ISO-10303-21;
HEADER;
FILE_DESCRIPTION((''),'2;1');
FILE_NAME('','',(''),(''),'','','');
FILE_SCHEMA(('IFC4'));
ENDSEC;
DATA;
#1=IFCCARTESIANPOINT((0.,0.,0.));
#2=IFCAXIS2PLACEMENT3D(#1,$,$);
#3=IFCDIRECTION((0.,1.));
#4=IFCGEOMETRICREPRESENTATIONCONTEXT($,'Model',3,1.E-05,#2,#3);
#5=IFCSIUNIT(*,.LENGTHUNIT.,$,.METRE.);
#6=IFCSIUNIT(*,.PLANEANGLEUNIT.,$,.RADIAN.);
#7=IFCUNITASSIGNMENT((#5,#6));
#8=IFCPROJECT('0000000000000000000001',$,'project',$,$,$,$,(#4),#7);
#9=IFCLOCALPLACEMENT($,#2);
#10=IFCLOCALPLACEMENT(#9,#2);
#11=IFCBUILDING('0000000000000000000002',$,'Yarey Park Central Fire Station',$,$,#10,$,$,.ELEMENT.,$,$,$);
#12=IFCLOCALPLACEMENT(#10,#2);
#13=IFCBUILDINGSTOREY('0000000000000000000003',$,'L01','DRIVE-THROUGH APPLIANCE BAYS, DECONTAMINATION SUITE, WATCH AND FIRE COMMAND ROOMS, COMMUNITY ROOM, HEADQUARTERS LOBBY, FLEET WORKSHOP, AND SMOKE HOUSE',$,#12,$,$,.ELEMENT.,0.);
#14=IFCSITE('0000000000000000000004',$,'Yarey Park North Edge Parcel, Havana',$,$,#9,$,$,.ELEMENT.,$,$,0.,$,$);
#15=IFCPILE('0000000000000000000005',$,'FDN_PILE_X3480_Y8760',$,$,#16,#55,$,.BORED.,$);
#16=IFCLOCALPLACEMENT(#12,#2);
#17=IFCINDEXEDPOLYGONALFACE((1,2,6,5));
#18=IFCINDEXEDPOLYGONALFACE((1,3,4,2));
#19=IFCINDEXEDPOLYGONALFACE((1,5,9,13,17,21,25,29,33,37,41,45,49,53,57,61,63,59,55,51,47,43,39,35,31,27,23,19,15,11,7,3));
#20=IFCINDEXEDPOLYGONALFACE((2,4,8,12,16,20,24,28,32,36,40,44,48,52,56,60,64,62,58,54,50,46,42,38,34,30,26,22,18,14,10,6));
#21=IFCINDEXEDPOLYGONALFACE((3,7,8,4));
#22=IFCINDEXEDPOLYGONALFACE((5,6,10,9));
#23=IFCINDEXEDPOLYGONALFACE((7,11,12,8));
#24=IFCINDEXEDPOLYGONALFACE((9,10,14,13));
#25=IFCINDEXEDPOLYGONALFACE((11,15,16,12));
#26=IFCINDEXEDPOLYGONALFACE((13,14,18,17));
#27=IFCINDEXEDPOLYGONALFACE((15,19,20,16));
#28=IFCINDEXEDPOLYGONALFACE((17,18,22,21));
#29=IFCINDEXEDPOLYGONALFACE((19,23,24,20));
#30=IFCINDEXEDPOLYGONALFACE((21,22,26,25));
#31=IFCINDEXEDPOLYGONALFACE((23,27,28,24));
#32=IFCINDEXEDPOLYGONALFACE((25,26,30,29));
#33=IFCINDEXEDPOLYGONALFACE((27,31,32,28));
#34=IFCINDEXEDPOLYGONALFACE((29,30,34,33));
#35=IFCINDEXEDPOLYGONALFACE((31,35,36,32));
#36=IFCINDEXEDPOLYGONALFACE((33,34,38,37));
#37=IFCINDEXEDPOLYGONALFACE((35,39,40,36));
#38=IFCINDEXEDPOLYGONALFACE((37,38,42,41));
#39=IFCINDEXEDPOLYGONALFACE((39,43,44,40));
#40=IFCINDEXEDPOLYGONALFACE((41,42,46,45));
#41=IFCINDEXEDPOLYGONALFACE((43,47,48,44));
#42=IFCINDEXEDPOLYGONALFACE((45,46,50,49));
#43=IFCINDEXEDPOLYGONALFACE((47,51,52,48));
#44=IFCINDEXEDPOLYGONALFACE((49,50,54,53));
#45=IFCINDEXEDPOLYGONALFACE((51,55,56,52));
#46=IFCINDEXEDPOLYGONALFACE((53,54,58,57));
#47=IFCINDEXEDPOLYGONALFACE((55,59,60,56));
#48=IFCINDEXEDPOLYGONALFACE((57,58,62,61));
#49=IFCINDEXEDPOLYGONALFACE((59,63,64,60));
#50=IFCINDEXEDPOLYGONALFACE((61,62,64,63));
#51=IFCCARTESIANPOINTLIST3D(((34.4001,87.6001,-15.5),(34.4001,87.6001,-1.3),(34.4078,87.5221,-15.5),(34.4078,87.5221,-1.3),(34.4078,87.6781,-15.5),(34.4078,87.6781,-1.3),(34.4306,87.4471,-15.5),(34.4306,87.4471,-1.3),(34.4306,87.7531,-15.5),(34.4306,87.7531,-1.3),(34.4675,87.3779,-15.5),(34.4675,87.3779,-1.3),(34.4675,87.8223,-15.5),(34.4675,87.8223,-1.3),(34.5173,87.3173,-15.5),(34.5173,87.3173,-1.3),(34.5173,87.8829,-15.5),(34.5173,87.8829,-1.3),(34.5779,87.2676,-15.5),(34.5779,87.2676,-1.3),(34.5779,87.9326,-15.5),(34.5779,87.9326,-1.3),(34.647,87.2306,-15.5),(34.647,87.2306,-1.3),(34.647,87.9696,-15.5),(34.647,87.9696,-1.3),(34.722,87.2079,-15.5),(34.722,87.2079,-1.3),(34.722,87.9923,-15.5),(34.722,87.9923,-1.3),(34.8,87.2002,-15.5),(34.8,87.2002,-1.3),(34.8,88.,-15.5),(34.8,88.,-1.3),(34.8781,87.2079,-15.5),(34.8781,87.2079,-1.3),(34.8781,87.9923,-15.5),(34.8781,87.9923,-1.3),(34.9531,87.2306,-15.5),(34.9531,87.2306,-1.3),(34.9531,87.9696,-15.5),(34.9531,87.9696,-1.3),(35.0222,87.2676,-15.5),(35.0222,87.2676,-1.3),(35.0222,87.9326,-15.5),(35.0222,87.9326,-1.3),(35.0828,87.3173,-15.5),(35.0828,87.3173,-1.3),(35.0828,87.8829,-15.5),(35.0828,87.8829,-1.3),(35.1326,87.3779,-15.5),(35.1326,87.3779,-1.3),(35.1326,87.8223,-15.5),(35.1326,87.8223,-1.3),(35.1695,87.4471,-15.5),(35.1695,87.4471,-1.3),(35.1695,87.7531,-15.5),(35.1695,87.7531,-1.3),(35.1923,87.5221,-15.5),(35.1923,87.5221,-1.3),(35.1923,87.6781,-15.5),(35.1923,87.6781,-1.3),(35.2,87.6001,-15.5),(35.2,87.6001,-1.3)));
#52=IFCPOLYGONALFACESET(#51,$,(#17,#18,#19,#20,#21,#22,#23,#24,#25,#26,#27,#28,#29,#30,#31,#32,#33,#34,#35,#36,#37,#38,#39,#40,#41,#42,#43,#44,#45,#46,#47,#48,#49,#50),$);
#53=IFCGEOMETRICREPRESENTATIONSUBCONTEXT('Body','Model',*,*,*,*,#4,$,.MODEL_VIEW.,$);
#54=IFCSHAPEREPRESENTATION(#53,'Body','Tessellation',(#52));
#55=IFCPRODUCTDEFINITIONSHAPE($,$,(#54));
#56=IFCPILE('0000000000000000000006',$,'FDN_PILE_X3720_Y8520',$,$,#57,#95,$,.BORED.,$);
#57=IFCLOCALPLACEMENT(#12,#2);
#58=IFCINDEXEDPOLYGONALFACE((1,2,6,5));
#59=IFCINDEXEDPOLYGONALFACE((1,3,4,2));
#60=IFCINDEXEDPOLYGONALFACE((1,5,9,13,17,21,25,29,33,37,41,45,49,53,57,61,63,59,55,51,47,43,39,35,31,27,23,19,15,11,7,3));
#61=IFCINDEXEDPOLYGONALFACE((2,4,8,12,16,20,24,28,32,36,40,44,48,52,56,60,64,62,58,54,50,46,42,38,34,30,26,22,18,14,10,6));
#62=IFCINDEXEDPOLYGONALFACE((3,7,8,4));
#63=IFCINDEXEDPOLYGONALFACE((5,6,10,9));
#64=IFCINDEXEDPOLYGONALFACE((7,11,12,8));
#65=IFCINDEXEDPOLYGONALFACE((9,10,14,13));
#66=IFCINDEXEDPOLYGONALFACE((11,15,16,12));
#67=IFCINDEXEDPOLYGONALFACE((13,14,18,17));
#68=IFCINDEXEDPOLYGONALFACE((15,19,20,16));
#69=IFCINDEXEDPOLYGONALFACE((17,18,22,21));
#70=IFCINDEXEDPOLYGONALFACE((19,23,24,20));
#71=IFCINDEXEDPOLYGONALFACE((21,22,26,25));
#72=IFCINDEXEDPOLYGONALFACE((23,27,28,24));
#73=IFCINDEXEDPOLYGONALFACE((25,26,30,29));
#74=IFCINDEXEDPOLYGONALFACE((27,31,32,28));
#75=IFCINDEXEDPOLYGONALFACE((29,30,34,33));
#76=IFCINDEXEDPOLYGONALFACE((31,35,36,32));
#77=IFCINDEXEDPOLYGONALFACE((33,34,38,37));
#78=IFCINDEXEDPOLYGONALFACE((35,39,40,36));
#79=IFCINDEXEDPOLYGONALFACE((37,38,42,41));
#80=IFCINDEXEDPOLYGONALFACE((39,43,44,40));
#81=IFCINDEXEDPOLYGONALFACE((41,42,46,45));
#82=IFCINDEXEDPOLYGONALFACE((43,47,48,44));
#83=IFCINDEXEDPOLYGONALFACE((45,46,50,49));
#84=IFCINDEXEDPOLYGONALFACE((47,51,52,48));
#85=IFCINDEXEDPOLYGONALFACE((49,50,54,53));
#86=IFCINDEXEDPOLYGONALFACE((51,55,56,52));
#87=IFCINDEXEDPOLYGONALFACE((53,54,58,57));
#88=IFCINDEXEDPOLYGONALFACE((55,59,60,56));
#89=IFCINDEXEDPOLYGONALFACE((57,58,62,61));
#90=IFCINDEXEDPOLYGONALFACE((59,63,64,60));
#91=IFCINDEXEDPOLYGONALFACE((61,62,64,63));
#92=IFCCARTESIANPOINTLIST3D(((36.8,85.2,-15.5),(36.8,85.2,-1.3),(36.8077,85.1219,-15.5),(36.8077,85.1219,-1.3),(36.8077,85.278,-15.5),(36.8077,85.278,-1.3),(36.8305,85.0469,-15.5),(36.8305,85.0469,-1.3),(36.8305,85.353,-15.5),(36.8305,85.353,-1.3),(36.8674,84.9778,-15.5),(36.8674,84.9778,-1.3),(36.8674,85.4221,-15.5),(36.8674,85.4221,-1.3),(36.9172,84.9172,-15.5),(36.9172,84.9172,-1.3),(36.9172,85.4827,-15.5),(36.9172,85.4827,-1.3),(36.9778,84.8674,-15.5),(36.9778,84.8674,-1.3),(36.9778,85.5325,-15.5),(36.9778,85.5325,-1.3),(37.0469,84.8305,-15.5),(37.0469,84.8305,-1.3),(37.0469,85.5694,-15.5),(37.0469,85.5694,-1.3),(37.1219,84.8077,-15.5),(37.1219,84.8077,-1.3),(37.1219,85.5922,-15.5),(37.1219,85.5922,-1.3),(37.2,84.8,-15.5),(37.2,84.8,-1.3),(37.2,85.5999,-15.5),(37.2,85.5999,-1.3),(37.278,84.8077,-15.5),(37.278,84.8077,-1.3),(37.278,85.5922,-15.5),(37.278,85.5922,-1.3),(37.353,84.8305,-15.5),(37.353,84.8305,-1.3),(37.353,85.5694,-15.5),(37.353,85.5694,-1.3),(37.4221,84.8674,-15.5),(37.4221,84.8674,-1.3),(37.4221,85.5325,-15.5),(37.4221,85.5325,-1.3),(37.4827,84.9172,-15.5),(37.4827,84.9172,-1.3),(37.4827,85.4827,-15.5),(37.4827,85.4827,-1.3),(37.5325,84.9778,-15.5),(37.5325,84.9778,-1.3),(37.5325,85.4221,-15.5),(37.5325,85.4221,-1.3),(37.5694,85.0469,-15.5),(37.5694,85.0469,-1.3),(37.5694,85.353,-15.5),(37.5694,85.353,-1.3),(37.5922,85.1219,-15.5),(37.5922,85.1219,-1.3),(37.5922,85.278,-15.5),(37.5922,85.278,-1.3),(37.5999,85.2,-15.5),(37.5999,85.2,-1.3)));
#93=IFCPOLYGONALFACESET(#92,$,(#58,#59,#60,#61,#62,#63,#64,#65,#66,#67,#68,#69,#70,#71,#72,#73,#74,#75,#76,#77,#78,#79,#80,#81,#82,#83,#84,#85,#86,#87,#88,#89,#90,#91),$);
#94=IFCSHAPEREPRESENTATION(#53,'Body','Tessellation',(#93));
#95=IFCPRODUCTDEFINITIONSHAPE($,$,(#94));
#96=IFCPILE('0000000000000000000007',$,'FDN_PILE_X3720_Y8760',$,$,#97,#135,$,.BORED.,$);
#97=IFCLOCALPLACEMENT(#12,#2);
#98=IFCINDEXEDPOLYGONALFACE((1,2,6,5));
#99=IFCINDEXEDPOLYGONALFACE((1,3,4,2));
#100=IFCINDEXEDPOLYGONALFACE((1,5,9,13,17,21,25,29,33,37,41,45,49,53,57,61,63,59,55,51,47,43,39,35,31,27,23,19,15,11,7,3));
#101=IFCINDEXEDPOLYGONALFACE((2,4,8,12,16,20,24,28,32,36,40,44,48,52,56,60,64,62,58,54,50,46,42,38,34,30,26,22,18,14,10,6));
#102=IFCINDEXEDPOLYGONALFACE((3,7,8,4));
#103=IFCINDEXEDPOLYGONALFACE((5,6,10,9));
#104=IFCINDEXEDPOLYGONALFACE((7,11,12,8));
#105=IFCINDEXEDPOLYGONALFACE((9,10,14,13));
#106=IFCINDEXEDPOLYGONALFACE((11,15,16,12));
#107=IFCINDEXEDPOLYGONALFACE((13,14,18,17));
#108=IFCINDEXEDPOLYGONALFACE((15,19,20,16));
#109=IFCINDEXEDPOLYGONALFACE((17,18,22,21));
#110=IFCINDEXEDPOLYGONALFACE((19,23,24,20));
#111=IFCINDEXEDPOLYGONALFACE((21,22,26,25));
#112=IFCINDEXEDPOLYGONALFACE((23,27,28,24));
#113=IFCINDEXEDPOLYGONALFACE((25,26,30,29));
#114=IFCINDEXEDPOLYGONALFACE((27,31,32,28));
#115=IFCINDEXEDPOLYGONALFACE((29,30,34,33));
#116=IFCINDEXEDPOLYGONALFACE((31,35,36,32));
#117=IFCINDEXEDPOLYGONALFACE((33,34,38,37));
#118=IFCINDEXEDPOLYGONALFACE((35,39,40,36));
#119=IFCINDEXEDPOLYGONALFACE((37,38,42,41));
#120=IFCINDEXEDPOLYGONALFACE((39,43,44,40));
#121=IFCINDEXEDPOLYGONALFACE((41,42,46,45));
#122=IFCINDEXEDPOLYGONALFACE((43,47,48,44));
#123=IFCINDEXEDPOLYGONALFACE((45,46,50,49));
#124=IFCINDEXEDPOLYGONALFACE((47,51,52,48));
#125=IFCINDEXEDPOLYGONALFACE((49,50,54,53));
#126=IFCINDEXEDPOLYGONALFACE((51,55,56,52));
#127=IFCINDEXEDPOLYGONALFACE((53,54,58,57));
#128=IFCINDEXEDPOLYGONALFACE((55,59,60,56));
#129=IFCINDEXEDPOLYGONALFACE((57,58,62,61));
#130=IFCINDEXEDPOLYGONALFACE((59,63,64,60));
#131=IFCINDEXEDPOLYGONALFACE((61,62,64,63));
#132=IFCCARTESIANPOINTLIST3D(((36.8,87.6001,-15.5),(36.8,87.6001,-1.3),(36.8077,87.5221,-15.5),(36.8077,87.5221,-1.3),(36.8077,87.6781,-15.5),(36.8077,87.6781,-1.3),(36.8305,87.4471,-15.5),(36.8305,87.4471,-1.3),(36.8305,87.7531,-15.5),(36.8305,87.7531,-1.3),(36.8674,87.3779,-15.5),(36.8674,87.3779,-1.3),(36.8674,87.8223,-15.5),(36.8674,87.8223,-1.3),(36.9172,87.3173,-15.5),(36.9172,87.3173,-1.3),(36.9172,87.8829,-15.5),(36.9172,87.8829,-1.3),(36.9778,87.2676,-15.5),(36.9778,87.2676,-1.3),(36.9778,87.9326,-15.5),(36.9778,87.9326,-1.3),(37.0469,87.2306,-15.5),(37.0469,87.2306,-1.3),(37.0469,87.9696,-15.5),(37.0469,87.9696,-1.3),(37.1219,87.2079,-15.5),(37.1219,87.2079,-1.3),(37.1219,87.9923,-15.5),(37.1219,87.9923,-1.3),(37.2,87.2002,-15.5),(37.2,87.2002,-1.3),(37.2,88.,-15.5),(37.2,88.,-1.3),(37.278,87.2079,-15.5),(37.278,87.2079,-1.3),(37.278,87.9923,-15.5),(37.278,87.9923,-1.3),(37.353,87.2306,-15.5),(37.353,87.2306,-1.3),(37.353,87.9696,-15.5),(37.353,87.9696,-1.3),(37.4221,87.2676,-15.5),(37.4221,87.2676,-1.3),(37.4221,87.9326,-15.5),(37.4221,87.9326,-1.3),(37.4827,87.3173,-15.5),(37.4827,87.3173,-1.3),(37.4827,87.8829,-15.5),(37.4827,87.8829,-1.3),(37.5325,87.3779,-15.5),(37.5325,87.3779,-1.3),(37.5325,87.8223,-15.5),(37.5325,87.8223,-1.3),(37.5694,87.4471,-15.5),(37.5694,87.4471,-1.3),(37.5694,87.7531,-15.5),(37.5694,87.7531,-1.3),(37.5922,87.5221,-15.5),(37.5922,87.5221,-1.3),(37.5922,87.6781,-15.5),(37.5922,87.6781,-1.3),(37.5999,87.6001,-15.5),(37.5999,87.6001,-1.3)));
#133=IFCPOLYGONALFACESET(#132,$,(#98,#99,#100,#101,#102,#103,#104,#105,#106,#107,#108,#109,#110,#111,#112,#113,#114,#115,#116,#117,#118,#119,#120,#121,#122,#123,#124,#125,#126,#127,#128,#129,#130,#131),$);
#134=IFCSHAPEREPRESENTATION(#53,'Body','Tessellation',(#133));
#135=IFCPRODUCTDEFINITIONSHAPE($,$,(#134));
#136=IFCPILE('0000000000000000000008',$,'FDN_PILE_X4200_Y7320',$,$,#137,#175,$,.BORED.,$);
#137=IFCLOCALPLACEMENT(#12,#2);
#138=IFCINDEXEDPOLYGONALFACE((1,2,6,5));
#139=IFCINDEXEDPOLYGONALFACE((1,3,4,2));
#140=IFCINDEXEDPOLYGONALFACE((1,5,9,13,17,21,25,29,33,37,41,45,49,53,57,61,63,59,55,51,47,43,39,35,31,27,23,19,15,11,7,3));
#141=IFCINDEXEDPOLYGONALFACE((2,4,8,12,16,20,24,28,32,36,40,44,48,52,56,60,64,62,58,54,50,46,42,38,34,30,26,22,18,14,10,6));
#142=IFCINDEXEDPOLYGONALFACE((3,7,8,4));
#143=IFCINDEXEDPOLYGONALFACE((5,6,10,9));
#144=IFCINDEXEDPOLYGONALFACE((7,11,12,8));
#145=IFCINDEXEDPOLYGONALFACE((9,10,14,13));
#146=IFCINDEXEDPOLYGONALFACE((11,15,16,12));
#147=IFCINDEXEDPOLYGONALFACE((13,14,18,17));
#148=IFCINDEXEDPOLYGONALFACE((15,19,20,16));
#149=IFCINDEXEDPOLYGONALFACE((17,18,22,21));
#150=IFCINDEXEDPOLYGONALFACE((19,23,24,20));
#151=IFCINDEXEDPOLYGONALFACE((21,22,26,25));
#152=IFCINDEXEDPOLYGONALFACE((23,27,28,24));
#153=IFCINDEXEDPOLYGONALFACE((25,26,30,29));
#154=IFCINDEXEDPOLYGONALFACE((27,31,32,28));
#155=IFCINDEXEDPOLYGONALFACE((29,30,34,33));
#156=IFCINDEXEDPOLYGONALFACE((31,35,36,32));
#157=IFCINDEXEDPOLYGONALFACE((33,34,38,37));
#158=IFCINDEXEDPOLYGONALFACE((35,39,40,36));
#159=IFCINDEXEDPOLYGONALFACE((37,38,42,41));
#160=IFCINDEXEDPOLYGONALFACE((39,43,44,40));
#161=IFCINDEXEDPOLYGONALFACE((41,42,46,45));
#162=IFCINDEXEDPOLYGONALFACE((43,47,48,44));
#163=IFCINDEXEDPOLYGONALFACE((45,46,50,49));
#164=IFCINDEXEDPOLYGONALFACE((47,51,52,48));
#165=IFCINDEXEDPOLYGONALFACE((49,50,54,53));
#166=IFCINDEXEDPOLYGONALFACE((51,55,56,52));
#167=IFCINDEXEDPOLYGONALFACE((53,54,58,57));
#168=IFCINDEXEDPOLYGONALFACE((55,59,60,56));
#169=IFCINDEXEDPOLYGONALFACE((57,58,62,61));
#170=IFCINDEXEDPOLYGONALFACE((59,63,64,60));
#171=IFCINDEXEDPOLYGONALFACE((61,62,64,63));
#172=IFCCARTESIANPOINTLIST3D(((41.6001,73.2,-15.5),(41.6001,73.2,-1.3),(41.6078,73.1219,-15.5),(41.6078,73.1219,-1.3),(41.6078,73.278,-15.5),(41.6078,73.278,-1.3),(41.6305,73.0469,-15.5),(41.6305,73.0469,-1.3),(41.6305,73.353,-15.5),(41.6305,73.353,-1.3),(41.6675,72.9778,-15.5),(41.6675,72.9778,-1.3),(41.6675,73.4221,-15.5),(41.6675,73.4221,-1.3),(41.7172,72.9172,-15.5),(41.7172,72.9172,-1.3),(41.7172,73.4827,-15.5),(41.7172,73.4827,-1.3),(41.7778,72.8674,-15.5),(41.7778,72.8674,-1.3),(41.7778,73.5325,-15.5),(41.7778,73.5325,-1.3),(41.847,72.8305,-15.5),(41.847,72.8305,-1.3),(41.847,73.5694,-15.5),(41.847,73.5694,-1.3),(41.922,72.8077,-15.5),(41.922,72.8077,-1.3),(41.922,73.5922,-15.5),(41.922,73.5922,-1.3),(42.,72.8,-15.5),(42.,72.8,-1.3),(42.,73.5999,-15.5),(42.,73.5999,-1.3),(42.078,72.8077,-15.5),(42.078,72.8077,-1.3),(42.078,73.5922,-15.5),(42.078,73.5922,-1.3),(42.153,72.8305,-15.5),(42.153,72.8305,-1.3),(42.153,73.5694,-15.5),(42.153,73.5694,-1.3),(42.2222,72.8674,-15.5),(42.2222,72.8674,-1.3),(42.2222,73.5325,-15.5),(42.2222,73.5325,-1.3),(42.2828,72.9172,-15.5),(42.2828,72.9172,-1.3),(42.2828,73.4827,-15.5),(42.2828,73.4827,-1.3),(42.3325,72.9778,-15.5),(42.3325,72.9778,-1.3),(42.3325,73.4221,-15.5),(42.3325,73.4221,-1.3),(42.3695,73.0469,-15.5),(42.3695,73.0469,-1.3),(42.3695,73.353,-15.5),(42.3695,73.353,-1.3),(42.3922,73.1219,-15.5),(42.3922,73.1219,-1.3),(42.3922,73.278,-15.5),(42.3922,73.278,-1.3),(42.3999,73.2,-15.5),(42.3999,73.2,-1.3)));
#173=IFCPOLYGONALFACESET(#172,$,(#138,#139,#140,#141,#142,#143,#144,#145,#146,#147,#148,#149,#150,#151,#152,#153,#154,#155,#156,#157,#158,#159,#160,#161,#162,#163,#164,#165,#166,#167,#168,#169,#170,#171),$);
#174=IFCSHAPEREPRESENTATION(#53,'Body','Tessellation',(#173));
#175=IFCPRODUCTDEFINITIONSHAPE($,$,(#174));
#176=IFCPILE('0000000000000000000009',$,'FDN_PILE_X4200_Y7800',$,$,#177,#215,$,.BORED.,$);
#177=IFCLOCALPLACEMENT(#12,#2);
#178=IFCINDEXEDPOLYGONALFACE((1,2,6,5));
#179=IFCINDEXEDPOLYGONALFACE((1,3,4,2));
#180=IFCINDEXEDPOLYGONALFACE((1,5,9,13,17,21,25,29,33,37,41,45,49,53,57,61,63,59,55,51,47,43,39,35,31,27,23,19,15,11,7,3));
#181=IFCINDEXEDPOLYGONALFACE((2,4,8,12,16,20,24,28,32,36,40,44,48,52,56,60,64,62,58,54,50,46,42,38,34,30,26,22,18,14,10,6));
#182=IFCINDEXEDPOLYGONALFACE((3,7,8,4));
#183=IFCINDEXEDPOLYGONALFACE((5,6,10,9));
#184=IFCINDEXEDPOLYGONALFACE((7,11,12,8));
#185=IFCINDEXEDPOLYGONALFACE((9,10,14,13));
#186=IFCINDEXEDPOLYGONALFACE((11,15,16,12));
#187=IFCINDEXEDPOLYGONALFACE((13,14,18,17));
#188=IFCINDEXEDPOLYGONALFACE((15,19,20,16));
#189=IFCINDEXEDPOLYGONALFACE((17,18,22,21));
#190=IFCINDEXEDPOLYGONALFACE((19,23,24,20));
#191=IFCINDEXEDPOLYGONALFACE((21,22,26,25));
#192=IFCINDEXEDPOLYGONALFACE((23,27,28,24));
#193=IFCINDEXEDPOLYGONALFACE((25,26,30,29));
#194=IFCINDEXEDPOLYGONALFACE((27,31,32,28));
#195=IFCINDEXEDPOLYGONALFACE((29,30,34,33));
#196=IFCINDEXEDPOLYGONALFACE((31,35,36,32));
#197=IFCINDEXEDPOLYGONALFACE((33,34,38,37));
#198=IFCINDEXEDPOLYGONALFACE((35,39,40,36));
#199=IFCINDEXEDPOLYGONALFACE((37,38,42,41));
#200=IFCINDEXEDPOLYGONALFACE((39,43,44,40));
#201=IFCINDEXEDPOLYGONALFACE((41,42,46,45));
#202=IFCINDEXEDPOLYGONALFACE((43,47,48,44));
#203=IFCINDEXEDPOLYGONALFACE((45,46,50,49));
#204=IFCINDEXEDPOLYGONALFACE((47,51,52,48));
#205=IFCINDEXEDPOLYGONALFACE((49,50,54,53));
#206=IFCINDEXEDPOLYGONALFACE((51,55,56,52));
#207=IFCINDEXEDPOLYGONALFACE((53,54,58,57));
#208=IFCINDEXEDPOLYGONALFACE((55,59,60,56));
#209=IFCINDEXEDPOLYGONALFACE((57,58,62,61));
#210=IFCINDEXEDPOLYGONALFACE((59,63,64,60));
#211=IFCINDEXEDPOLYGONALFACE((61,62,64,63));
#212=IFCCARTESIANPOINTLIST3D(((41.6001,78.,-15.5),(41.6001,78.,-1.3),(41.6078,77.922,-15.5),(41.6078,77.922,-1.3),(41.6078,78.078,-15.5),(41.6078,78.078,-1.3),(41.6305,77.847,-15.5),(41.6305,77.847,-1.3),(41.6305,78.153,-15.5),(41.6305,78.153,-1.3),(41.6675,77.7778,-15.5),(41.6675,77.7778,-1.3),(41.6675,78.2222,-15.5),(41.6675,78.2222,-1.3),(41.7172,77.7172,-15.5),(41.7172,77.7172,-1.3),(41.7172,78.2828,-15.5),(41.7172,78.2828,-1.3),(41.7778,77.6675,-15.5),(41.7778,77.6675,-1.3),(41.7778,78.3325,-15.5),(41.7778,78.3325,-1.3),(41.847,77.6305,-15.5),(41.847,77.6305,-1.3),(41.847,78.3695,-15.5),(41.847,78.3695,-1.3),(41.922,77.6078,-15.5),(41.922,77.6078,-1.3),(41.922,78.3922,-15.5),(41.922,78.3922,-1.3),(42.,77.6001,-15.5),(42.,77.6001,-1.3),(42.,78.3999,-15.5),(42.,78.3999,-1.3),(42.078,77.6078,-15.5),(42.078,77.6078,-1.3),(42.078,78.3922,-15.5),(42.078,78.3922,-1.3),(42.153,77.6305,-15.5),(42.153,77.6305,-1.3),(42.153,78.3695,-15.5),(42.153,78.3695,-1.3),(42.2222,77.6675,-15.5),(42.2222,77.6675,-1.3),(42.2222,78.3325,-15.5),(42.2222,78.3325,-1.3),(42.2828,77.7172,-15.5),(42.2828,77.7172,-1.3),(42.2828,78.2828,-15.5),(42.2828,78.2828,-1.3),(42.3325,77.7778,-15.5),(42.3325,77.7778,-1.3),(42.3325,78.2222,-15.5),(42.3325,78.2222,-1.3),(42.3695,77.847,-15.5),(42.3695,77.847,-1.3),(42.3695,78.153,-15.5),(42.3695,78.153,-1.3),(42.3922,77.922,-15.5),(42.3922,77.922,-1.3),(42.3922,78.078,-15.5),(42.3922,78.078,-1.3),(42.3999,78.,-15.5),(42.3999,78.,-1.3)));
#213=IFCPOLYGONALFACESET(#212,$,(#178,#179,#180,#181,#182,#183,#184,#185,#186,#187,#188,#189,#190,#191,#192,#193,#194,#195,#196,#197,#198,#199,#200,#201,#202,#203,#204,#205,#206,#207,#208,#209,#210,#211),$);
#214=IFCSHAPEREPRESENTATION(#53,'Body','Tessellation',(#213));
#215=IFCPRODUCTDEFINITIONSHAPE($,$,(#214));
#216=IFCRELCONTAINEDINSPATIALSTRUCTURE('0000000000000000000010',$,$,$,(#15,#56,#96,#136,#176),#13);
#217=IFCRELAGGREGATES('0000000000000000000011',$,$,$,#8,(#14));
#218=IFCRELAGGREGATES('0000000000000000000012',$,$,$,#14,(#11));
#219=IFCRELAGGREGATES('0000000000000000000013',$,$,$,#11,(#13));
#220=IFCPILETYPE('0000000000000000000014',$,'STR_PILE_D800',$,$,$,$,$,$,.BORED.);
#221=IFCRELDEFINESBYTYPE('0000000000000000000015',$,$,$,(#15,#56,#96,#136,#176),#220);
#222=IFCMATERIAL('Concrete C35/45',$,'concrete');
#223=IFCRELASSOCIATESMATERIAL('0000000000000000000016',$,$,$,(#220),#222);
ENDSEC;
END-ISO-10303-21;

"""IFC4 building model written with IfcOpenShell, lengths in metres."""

from ifc_helpers import new_model, si_unit, direction, frame, origin, origin_2d, place, context, subcontext, project, spatial, circle, extrude, material, material_profile, profile_set, type_object, element, save


model = new_model("IFC4")

# Units and contexts
model_context = context("Model", 3, precision=1e-05, world=origin(), true_north=direction((0.0, 1.0)))
body_context = subcontext(model_context, "Body", "Model", "MODEL_VIEW")
ifc_project = project(units=[si_unit("LENGTHUNIT", "METRE"), si_unit("PLANEANGLEUNIT", "RADIAN")], contexts=[model_context])

# Site, building, storey
site_placement = place(None, origin())
site = spatial("IfcSite", under=ifc_project, at=site_placement, Name="Yarey Park North Edge Parcel, Havana", CompositionType="ELEMENT", RefElevation=0.0)
building_placement = place(site_placement, origin())
building = spatial("IfcBuilding", under=site, at=building_placement, Name="Yarey Park Central Fire Station", CompositionType="ELEMENT")
storey_placement = place(building_placement, origin())
storey = spatial("IfcBuildingStorey", under=building, at=storey_placement, Name="L01", Description="DRIVE-THROUGH APPLIANCE BAYS, DECONTAMINATION SUITE, WATCH AND FIRE COMMAND ROOMS, COMMUNITY ROOM, HEADQUARTERS LOBBY, FLEET WORKSHOP, AND SMOKE HOUSE", CompositionType="ELEMENT", Elevation=0.0)

# Shared definitions
ifc_material_1 = material(Name="Concrete C35/45", Category="concrete")

# Piles
ifc_material_profile_1 = material_profile(ifc_material_1, circle(Radius=0.3999, at=origin_2d()), Name="BORED PILE D800")
ifc_profile_set_1 = profile_set([ifc_material_profile_1], Name="Concrete C35/45")
pile_type = type_object("IfcPileType", Name="STR_PILE_D800", PredefinedType="BORED", material=ifc_profile_set_1)
for number, where, z_axis, x_axis, name in (
    (1, (34.8, 87.6001, -1.3), (0.0, 0.0, -1.0), (1.0, 0.0, 0.0), "FDN_PILE_X3480_Y8760"),
    (2, (37.2, 85.2, -1.3), (0.0, 0.0, -1.0), (1.0, 0.0, 0.0), "FDN_PILE_X3720_Y8520"),
    (3, (37.2, 87.6001, -1.3), (0.0, 0.0, -1.0), (1.0, 0.0, 0.0), "FDN_PILE_X3720_Y8760"),
    (4, (42.0, 73.2, -1.3), (0.0, 0.0, -1.0), (1.0, 0.0, 0.0), "FDN_PILE_X4200_Y7320"),
    (5, (42.0, 78.0, -1.3), (0.0, 0.0, -1.0), (1.0, 0.0, 0.0), "FDN_PILE_X4200_Y7800"),
):
    element("IfcPile", number, at=place(storey_placement, frame(where, z_axis=z_axis, x_axis=x_axis)), inside=storey, type_object=pile_type, Name=name, PredefinedType="BORED", context=body_context, shape_type="SweptSolid", body=[
        extrude(circle(Radius=0.3999, at=origin_2d()), origin(), (0.0, 0.0, 1.0), 14.2),
    ])

save(model, "model.ifc")
